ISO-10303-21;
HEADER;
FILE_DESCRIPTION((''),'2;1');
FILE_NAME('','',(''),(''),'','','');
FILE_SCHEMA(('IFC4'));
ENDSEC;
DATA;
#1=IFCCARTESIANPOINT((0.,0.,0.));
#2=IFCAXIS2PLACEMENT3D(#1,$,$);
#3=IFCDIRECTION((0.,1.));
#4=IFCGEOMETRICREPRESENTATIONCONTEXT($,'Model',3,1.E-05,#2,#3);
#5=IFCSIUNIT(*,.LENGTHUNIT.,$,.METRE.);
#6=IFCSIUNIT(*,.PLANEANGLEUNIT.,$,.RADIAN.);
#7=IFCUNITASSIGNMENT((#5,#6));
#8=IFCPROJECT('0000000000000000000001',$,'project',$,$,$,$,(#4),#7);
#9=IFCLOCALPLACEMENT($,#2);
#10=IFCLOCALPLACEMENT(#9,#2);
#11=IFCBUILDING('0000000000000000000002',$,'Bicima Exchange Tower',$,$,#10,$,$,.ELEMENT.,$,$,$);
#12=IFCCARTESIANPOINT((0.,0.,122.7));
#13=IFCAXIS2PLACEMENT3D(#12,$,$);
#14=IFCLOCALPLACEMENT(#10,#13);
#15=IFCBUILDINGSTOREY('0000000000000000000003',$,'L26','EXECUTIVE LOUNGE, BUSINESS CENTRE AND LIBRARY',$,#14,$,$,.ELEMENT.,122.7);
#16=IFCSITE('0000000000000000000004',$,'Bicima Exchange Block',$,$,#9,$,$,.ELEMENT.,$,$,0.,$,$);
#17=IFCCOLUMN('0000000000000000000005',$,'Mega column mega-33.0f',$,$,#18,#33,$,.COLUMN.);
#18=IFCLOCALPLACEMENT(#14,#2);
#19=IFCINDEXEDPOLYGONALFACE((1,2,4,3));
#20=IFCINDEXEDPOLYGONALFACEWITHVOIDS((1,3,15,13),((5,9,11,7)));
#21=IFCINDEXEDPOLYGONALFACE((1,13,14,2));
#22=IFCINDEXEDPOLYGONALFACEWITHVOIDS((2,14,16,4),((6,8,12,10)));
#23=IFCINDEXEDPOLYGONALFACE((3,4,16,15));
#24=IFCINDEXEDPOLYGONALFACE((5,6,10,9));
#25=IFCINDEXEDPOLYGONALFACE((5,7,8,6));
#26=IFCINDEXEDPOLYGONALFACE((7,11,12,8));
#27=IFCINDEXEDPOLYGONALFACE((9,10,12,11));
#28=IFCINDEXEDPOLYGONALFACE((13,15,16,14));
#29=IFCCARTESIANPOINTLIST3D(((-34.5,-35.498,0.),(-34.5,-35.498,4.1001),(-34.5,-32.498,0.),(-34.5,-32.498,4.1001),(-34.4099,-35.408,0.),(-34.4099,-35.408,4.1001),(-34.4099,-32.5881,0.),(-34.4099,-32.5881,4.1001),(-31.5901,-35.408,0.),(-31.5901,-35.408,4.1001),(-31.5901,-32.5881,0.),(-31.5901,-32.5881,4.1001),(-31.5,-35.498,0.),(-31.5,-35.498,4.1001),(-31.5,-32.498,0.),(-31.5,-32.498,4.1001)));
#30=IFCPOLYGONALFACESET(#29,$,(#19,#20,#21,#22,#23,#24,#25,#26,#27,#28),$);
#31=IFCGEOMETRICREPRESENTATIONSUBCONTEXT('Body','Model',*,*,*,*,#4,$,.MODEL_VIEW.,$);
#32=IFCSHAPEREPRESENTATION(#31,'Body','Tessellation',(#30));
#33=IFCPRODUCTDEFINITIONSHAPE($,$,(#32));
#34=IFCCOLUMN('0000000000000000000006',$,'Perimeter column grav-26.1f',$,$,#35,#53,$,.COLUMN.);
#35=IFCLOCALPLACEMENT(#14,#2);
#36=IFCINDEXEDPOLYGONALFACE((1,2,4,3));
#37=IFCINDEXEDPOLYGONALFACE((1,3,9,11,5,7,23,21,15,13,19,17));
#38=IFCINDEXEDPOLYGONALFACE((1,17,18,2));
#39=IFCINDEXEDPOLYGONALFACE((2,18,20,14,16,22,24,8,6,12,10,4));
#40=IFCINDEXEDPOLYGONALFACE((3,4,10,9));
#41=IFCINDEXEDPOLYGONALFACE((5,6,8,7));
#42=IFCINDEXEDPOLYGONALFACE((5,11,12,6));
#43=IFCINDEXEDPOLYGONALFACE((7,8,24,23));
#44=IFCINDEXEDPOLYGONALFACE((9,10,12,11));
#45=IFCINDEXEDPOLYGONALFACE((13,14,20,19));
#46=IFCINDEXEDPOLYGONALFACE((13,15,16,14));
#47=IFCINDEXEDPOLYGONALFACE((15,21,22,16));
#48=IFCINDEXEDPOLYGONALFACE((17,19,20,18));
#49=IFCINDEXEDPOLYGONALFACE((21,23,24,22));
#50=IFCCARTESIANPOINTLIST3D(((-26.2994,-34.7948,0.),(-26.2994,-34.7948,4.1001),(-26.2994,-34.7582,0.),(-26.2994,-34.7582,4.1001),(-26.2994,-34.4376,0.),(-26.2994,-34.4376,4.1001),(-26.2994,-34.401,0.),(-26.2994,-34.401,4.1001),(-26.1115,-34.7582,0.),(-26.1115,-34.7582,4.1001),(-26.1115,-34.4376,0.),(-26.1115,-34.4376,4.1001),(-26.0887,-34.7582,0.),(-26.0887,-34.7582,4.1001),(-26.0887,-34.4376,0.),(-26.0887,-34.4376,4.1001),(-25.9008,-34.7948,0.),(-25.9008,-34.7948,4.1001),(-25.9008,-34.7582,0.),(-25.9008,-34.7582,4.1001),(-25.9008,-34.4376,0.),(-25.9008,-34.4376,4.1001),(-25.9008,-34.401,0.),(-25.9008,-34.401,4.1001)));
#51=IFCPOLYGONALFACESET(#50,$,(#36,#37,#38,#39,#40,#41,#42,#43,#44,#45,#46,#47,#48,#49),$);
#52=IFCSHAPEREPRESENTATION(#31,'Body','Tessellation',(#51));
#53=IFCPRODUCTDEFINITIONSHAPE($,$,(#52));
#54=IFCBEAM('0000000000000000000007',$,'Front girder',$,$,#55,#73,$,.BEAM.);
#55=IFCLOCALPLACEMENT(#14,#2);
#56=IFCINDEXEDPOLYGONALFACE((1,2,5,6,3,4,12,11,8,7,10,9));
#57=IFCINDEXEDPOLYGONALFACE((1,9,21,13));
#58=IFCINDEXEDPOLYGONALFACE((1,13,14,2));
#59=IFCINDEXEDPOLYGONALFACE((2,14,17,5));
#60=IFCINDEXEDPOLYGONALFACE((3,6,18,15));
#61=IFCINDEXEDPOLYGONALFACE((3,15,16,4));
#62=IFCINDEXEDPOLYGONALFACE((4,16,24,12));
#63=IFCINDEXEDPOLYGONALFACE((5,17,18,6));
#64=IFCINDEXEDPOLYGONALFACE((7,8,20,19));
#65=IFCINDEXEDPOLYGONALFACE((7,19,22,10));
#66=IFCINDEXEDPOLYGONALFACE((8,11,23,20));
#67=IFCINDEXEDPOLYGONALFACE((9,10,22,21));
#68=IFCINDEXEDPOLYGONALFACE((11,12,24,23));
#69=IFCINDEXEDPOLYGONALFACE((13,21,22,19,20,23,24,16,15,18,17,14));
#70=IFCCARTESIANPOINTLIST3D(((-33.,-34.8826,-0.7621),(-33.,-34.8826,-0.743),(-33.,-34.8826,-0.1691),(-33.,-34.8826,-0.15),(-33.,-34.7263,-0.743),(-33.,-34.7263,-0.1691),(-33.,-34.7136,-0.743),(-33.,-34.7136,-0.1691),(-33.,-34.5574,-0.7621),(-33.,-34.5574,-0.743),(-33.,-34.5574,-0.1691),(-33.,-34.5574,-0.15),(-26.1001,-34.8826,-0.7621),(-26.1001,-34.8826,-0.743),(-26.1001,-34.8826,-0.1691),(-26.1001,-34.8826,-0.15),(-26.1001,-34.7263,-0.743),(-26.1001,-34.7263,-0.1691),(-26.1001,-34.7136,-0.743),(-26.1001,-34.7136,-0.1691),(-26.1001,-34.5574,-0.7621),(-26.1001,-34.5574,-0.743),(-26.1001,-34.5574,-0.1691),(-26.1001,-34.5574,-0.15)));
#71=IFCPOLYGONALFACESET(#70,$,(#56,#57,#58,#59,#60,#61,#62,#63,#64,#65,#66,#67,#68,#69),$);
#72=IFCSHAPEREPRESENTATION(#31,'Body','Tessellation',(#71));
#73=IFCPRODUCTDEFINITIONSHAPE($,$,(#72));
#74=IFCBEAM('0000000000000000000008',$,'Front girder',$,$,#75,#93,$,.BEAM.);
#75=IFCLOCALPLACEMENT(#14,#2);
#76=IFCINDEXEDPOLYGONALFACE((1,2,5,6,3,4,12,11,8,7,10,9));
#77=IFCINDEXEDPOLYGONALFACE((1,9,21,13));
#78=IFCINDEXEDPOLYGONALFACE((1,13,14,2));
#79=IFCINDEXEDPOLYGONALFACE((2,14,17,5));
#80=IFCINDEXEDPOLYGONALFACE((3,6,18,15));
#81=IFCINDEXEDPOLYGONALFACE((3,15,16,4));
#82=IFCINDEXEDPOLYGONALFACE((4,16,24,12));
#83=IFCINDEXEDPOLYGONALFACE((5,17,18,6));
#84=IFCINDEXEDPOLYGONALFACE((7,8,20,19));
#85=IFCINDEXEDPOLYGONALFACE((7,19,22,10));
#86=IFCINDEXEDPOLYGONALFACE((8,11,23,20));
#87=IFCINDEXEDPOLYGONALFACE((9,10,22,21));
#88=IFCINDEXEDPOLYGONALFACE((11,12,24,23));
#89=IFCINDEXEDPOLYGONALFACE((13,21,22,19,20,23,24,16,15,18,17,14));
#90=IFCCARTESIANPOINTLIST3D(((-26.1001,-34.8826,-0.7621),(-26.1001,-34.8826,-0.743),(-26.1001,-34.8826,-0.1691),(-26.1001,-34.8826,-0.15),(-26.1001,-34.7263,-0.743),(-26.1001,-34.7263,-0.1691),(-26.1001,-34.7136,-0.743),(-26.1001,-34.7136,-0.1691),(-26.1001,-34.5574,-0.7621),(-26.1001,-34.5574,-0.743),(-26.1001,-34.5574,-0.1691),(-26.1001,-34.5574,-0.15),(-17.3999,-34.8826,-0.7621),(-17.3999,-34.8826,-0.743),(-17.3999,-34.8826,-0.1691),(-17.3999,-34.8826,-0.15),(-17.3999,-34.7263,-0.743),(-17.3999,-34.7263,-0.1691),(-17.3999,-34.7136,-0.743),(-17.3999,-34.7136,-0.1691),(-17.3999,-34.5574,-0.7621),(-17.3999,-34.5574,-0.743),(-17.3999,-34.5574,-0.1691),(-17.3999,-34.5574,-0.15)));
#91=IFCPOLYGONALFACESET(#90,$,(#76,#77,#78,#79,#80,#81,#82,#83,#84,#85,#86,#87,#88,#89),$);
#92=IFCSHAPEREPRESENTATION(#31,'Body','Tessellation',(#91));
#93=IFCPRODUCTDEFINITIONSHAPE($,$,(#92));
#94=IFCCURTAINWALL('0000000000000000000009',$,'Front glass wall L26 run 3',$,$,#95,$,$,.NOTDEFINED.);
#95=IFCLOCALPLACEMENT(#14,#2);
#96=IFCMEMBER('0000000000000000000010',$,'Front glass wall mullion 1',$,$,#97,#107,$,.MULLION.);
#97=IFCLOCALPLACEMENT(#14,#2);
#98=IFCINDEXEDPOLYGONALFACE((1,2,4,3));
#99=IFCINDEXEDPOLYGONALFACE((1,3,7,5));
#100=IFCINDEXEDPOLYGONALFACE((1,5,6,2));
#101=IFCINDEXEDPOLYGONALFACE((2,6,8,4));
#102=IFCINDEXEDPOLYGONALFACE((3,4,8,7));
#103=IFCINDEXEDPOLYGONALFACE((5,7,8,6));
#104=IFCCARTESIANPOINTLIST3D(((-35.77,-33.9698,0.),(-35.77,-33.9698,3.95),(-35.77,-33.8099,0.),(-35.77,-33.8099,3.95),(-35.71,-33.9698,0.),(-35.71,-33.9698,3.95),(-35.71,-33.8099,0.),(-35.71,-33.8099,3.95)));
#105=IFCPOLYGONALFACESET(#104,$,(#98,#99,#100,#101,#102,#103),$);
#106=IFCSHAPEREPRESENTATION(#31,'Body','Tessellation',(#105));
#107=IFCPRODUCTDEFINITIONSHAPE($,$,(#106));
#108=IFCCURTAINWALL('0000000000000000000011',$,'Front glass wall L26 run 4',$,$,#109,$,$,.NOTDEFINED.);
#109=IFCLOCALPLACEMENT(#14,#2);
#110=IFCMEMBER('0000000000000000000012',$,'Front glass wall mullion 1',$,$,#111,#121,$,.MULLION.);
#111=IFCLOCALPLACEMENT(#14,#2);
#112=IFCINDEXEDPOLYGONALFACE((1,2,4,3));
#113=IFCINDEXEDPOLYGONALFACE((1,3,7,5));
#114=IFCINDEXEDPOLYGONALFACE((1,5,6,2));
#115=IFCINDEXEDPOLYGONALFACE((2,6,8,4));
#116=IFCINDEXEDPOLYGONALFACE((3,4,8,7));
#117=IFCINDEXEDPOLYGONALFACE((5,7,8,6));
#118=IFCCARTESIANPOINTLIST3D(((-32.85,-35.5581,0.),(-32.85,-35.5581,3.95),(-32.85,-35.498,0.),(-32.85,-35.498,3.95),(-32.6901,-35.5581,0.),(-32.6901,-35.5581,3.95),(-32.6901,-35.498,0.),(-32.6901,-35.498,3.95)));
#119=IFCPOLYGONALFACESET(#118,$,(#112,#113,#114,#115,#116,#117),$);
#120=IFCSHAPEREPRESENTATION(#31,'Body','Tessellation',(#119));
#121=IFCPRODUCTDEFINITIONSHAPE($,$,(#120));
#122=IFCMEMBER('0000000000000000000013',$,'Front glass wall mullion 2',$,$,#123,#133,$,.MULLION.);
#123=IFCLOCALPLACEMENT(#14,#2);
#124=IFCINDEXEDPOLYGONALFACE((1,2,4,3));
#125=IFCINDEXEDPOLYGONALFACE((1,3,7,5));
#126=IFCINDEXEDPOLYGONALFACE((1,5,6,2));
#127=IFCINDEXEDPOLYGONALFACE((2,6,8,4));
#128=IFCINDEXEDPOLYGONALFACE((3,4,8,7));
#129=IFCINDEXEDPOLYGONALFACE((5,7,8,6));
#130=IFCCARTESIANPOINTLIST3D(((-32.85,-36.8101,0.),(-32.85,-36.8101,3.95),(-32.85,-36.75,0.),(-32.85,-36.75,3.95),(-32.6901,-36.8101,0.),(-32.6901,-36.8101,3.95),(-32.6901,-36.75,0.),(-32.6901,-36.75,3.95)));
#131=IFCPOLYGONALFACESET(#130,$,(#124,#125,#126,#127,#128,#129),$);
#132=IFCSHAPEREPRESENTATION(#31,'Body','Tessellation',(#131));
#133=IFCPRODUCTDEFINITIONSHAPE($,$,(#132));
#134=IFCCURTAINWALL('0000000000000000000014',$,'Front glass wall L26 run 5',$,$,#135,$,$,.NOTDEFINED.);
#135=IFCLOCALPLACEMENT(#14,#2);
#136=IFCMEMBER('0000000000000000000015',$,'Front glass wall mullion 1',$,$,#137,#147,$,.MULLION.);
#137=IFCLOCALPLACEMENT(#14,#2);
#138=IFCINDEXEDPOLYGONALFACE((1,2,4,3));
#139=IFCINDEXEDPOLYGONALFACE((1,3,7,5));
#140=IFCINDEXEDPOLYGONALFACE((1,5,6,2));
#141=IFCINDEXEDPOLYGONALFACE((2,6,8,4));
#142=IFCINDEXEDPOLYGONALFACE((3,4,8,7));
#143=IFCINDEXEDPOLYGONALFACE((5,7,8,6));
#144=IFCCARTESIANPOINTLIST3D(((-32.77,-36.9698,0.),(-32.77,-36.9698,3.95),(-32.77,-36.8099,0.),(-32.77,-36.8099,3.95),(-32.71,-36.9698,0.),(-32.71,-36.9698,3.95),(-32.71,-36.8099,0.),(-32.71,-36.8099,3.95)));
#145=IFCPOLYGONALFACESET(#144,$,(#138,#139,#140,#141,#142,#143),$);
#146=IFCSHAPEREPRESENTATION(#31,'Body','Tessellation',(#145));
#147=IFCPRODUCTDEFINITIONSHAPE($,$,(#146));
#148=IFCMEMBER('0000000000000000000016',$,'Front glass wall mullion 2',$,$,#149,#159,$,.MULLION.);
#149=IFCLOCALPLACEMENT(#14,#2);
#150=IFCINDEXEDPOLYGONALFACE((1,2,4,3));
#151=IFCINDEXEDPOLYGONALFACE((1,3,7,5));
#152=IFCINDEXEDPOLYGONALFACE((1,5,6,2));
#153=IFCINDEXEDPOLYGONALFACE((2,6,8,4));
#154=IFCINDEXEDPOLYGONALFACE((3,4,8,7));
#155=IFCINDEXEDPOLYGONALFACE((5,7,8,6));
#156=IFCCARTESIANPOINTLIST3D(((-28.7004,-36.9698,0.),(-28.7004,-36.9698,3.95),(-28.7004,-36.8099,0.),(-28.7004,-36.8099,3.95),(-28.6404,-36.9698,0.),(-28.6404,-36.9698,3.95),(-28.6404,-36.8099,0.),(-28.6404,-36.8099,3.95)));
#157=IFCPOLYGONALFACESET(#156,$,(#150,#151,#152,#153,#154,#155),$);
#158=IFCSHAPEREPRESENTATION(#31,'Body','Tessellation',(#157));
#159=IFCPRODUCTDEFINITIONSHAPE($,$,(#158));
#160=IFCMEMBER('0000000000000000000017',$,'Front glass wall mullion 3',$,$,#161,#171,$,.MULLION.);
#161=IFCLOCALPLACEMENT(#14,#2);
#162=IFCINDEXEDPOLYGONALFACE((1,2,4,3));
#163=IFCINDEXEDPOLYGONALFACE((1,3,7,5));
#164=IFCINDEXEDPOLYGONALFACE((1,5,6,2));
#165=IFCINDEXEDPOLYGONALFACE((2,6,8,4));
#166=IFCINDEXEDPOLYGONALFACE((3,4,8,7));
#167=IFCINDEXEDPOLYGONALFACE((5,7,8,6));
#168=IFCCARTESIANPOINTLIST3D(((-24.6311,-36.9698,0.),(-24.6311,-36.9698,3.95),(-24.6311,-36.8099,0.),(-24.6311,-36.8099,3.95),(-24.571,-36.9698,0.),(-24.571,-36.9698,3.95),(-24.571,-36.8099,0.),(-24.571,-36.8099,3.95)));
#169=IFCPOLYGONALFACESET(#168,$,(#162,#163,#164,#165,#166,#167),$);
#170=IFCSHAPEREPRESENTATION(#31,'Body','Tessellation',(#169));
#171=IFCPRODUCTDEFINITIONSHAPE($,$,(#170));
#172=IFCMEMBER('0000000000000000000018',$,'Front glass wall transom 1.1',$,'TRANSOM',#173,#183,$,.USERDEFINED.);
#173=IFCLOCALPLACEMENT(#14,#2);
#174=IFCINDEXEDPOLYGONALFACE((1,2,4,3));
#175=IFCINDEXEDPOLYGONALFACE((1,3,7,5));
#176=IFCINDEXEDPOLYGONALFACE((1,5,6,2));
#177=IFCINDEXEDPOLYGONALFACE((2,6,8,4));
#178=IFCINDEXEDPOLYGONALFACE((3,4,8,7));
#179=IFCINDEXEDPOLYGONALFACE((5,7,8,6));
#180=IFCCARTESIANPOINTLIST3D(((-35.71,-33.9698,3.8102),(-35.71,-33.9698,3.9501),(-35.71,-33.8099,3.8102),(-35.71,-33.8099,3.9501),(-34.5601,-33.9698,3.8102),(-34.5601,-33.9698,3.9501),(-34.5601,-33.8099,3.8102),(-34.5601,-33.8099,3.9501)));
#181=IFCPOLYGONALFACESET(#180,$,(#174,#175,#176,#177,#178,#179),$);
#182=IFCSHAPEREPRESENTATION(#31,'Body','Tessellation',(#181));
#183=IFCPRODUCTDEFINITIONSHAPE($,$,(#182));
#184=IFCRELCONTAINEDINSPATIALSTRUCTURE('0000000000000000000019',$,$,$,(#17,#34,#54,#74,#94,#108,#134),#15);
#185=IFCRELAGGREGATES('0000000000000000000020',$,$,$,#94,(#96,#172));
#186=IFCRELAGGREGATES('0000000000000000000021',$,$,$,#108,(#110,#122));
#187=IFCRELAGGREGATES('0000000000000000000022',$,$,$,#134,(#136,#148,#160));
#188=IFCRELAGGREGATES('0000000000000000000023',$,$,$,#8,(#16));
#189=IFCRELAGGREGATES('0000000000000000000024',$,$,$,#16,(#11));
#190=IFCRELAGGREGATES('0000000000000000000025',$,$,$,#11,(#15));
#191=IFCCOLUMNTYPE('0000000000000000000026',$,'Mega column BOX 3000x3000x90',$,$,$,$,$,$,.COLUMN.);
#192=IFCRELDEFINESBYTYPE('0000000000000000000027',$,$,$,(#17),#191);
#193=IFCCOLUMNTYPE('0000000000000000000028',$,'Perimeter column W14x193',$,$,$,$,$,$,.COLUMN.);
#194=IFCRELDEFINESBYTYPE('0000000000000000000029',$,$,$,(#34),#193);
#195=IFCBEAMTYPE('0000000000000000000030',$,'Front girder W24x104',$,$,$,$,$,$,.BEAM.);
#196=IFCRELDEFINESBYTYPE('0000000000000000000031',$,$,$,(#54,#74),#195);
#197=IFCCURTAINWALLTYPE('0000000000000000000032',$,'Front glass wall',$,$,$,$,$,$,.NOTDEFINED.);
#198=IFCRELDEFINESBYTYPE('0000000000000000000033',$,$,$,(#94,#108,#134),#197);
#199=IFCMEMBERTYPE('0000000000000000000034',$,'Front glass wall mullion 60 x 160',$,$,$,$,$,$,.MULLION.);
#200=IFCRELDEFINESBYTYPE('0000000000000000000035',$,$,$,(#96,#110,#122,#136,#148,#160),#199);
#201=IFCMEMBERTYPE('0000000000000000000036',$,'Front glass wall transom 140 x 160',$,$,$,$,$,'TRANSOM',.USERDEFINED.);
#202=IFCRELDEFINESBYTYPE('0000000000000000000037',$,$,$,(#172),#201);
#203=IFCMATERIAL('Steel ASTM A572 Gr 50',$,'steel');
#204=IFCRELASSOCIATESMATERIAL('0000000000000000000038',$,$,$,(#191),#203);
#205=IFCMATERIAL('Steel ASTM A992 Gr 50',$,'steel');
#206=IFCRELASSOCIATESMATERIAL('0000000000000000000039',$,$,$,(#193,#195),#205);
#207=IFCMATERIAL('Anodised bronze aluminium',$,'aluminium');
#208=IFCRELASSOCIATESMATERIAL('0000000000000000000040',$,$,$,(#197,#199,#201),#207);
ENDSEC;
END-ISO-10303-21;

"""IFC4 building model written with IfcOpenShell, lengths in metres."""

from ifc_helpers import new_model, si_unit, direction, frame, origin, origin_2d, place, context, subcontext, project, spatial, rectangle, hollow_rectangle, i_section, extrude, material, material_profile, profile_set, type_object, element, aggregate, save


model = new_model("IFC4")

# Units and contexts
model_context = context("Model", 3, precision=1e-05, world=origin(), true_north=direction((0.0, 1.0)))
body_context = subcontext(model_context, "Body", "Model", "MODEL_VIEW")
ifc_project = project(units=[si_unit("LENGTHUNIT", "METRE"), si_unit("PLANEANGLEUNIT", "RADIAN")], contexts=[model_context])

# Site, building, storey
site_placement = place(None, origin())
site = spatial("IfcSite", under=ifc_project, at=site_placement, Name="Bicima Exchange Block", CompositionType="ELEMENT", RefElevation=0.0)
building_placement = place(site_placement, origin())
building = spatial("IfcBuilding", under=site, at=building_placement, Name="Bicima Exchange Tower", CompositionType="ELEMENT")
storey_placement = place(building_placement, frame((0.0, 0.0, 122.7)))
storey = spatial("IfcBuildingStorey", under=building, at=storey_placement, Name="L26", Description="EXECUTIVE LOUNGE, BUSINESS CENTRE AND LIBRARY", CompositionType="ELEMENT", Elevation=122.7)

# Columns
ifc_material_1 = material(Name="Steel ASTM A572 Gr 50", Category="steel")
ifc_material_profile_1 = material_profile(ifc_material_1, hollow_rectangle(XDim=3.0, YDim=3.0, WallThickness=0.0901, at=origin_2d()))
ifc_profile_set_1 = profile_set([ifc_material_profile_1], Name="Steel ASTM A572 Gr 50")
column_type_1 = type_object("IfcColumnType", Name="Mega column BOX 3000x3000x90", PredefinedType="COLUMN", material=ifc_profile_set_1)
column_1_placement = place(storey_placement, frame((-33.0, -33.998, 0.0), z_axis=(0.0, 0.0, 1.0), x_axis=(1.0, 0.0, 0.0)))
element("IfcColumn", 1, at=column_1_placement, inside=storey, type_object=column_type_1, Name="Mega column mega-33.0f", PredefinedType="COLUMN", context=body_context, shape_type="SweptSolid", body=[
    extrude(hollow_rectangle(XDim=3.0, YDim=3.0, WallThickness=0.0901, at=origin_2d()), origin(), (0.0, 0.0, 1.0), 4.1001),
])
ifc_material_2 = material(Name="Steel ASTM A992 Gr 50", Category="steel")
ifc_material_profile_2 = material_profile(ifc_material_2, i_section(OverallWidth=0.3987, OverallDepth=0.3938, WebThickness=0.0227, FlangeThickness=0.0366, at=origin_2d()))
ifc_profile_set_2 = profile_set([ifc_material_profile_2], Name="Steel ASTM A992 Gr 50")
column_type_2 = type_object("IfcColumnType", Name="Perimeter column W14x193", PredefinedType="COLUMN", material=ifc_profile_set_2)
column_2_placement = place(storey_placement, frame((-26.1001, -34.5979, 0.0), z_axis=(0.0, 0.0, 1.0), x_axis=(1.0, 0.0, 0.0)))
element("IfcColumn", 2, at=column_2_placement, inside=storey, type_object=column_type_2, Name="Perimeter column grav-26.1f", PredefinedType="COLUMN", context=body_context, shape_type="SweptSolid", body=[
    extrude(i_section(OverallWidth=0.3987, OverallDepth=0.3938, WebThickness=0.0227, FlangeThickness=0.0366, at=origin_2d()), origin(), (0.0, 0.0, 1.0), 4.1001),
])

# Beams
ifc_material_profile_3 = material_profile(ifc_material_2, i_section(OverallWidth=0.3252, OverallDepth=0.6121, WebThickness=0.0127, FlangeThickness=0.019, at=origin_2d()))
ifc_profile_set_3 = profile_set([ifc_material_profile_3], Name="Steel ASTM A992 Gr 50")
beam_type = type_object("IfcBeamType", Name="Front girder W24x104", PredefinedType="BEAM", material=ifc_profile_set_3)
beam_1_placement = place(storey_placement, frame((-33.0, -34.72, -0.4561), z_axis=(1.0, 0.0, 0.0), x_axis=(0.0, 1.0, 0.0)))
element("IfcBeam", 3, at=beam_1_placement, inside=storey, type_object=beam_type, Name="Front girder", PredefinedType="BEAM", context=body_context, shape_type="SweptSolid", body=[
    extrude(i_section(OverallWidth=0.3252, OverallDepth=0.6121, WebThickness=0.0127, FlangeThickness=0.019, at=origin_2d()), origin(), (0.0, 0.0, 1.0), 6.8999),
])
beam_2_placement = place(storey_placement, frame((-26.1001, -34.72, -0.4561), z_axis=(1.0, 0.0, 0.0), x_axis=(0.0, 1.0, 0.0)))
element("IfcBeam", 4, at=beam_2_placement, inside=storey, type_object=beam_type, Name="Front girder", PredefinedType="BEAM", context=body_context, shape_type="SweptSolid", body=[
    extrude(i_section(OverallWidth=0.3252, OverallDepth=0.6121, WebThickness=0.0127, FlangeThickness=0.019, at=origin_2d()), origin(), (0.0, 0.0, 1.0), 8.7002),
])

# Curtain wall, member
ifc_material_3 = material(Name="Anodised bronze aluminium", Category="aluminium")
curtain_wall_type = type_object("IfcCurtainWallType", Name="Front glass wall", PredefinedType="NOTDEFINED", material=ifc_material_3)
curtain_wall_1_placement = place(storey_placement, origin())
curtain_wall_1 = element("IfcCurtainWall", 5, at=curtain_wall_1_placement, inside=storey, type_object=curtain_wall_type, Name="Front glass wall L26 run 3", PredefinedType="NOTDEFINED")
ifc_material_profile_4 = material_profile(ifc_material_3, rectangle(XDim=0.1599, YDim=0.0601, at=origin_2d()))
ifc_profile_set_4 = profile_set([ifc_material_profile_4], Name="Anodised bronze aluminium")
member_type_1 = type_object("IfcMemberType", Name="Front glass wall mullion 60 x 160", PredefinedType="MULLION", material=ifc_profile_set_4)
member_1_placement = place(storey_placement, frame((-35.74, -33.8899, 0.0), z_axis=(0.0, 0.0, 1.0), x_axis=(0.0, 1.0, 0.0)))
member_1 = element("IfcMember", 6, at=member_1_placement, type_object=member_type_1, Name="Front glass wall mullion 1", PredefinedType="MULLION", context=body_context, shape_type="SweptSolid", body=[
    extrude(rectangle(XDim=0.1599, YDim=0.0601, at=origin_2d()), origin(), (0.0, 0.0, 1.0), 3.95),
])

# Curtain walls, members
curtain_wall_2_placement = place(storey_placement, origin())
curtain_wall_2 = element("IfcCurtainWall", 7, at=curtain_wall_2_placement, inside=storey, type_object=curtain_wall_type, Name="Front glass wall L26 run 4", PredefinedType="NOTDEFINED")
member_2_placement = place(storey_placement, frame((-32.77, -35.5281, 0.0), z_axis=(0.0, 0.0, 1.0), x_axis=(1.0, 0.0, 0.0)))
member_2 = element("IfcMember", 8, at=member_2_placement, type_object=member_type_1, Name="Front glass wall mullion 1", PredefinedType="MULLION", context=body_context, shape_type="SweptSolid", body=[
    extrude(rectangle(XDim=0.1599, YDim=0.0601, at=origin_2d()), origin(), (0.0, 0.0, 1.0), 3.95),
])
member_3_placement = place(storey_placement, frame((-32.77, -36.78, 0.0), z_axis=(0.0, 0.0, 1.0), x_axis=(1.0, 0.0, 0.0)))
member_3 = element("IfcMember", 9, at=member_3_placement, type_object=member_type_1, Name="Front glass wall mullion 2", PredefinedType="MULLION", context=body_context, shape_type="SweptSolid", body=[
    extrude(rectangle(XDim=0.1599, YDim=0.0601, at=origin_2d()), origin(), (0.0, 0.0, 1.0), 3.95),
])
curtain_wall_3_placement = place(storey_placement, origin())
curtain_wall_3 = element("IfcCurtainWall", 10, at=curtain_wall_3_placement, inside=storey, type_object=curtain_wall_type, Name="Front glass wall L26 run 5", PredefinedType="NOTDEFINED")
member_4_placement = place(storey_placement, frame((-32.74, -36.8899, 0.0), z_axis=(0.0, 0.0, 1.0), x_axis=(0.0, 1.0, 0.0)))
member_4 = element("IfcMember", 11, at=member_4_placement, type_object=member_type_1, Name="Front glass wall mullion 1", PredefinedType="MULLION", context=body_context, shape_type="SweptSolid", body=[
    extrude(rectangle(XDim=0.1599, YDim=0.0601, at=origin_2d()), origin(), (0.0, 0.0, 1.0), 3.95),
])
member_5_placement = place(storey_placement, frame((-28.6704, -36.8899, 0.0), z_axis=(0.0, 0.0, 1.0), x_axis=(0.0, 1.0, 0.0)))
member_5 = element("IfcMember", 12, at=member_5_placement, type_object=member_type_1, Name="Front glass wall mullion 2", PredefinedType="MULLION", context=body_context, shape_type="SweptSolid", body=[
    extrude(rectangle(XDim=0.1599, YDim=0.0601, at=origin_2d()), origin(), (0.0, 0.0, 1.0), 3.95),
])
member_6_placement = place(storey_placement, frame((-24.6011, -36.8899, 0.0), z_axis=(0.0, 0.0, 1.0), x_axis=(0.0, 1.0, 0.0)))
member_6 = element("IfcMember", 13, at=member_6_placement, type_object=member_type_1, Name="Front glass wall mullion 3", PredefinedType="MULLION", context=body_context, shape_type="SweptSolid", body=[
    extrude(rectangle(XDim=0.1599, YDim=0.0601, at=origin_2d()), origin(), (0.0, 0.0, 1.0), 3.95),
])

# Member
ifc_material_profile_5 = material_profile(ifc_material_3, rectangle(XDim=0.1599, YDim=0.1399, at=origin_2d()))
ifc_profile_set_5 = profile_set([ifc_material_profile_5], Name="Anodised bronze aluminium")
member_type_2 = type_object("IfcMemberType", Name="Front glass wall transom 140 x 160", ElementType="TRANSOM", PredefinedType="USERDEFINED", material=ifc_profile_set_5)
member_7_placement = place(storey_placement, frame((-35.71, -33.8899, 3.8801), z_axis=(1.0, 0.0, 0.0), x_axis=(0.0, 1.0, 0.0)))
member_7 = element("IfcMember", 14, at=member_7_placement, type_object=member_type_2, Name="Front glass wall transom 1.1", ObjectType="TRANSOM", PredefinedType="USERDEFINED", context=body_context, shape_type="SweptSolid", body=[
    extrude(rectangle(XDim=0.1599, YDim=0.1399, at=origin_2d()), origin(), (0.0, 0.0, 1.0), 1.1499),
])

aggregate(curtain_wall_1, [member_1, member_7])
aggregate(curtain_wall_2, [member_2, member_3])
aggregate(curtain_wall_3, [member_4, member_5, member_6])

save(model, "model.ifc")
